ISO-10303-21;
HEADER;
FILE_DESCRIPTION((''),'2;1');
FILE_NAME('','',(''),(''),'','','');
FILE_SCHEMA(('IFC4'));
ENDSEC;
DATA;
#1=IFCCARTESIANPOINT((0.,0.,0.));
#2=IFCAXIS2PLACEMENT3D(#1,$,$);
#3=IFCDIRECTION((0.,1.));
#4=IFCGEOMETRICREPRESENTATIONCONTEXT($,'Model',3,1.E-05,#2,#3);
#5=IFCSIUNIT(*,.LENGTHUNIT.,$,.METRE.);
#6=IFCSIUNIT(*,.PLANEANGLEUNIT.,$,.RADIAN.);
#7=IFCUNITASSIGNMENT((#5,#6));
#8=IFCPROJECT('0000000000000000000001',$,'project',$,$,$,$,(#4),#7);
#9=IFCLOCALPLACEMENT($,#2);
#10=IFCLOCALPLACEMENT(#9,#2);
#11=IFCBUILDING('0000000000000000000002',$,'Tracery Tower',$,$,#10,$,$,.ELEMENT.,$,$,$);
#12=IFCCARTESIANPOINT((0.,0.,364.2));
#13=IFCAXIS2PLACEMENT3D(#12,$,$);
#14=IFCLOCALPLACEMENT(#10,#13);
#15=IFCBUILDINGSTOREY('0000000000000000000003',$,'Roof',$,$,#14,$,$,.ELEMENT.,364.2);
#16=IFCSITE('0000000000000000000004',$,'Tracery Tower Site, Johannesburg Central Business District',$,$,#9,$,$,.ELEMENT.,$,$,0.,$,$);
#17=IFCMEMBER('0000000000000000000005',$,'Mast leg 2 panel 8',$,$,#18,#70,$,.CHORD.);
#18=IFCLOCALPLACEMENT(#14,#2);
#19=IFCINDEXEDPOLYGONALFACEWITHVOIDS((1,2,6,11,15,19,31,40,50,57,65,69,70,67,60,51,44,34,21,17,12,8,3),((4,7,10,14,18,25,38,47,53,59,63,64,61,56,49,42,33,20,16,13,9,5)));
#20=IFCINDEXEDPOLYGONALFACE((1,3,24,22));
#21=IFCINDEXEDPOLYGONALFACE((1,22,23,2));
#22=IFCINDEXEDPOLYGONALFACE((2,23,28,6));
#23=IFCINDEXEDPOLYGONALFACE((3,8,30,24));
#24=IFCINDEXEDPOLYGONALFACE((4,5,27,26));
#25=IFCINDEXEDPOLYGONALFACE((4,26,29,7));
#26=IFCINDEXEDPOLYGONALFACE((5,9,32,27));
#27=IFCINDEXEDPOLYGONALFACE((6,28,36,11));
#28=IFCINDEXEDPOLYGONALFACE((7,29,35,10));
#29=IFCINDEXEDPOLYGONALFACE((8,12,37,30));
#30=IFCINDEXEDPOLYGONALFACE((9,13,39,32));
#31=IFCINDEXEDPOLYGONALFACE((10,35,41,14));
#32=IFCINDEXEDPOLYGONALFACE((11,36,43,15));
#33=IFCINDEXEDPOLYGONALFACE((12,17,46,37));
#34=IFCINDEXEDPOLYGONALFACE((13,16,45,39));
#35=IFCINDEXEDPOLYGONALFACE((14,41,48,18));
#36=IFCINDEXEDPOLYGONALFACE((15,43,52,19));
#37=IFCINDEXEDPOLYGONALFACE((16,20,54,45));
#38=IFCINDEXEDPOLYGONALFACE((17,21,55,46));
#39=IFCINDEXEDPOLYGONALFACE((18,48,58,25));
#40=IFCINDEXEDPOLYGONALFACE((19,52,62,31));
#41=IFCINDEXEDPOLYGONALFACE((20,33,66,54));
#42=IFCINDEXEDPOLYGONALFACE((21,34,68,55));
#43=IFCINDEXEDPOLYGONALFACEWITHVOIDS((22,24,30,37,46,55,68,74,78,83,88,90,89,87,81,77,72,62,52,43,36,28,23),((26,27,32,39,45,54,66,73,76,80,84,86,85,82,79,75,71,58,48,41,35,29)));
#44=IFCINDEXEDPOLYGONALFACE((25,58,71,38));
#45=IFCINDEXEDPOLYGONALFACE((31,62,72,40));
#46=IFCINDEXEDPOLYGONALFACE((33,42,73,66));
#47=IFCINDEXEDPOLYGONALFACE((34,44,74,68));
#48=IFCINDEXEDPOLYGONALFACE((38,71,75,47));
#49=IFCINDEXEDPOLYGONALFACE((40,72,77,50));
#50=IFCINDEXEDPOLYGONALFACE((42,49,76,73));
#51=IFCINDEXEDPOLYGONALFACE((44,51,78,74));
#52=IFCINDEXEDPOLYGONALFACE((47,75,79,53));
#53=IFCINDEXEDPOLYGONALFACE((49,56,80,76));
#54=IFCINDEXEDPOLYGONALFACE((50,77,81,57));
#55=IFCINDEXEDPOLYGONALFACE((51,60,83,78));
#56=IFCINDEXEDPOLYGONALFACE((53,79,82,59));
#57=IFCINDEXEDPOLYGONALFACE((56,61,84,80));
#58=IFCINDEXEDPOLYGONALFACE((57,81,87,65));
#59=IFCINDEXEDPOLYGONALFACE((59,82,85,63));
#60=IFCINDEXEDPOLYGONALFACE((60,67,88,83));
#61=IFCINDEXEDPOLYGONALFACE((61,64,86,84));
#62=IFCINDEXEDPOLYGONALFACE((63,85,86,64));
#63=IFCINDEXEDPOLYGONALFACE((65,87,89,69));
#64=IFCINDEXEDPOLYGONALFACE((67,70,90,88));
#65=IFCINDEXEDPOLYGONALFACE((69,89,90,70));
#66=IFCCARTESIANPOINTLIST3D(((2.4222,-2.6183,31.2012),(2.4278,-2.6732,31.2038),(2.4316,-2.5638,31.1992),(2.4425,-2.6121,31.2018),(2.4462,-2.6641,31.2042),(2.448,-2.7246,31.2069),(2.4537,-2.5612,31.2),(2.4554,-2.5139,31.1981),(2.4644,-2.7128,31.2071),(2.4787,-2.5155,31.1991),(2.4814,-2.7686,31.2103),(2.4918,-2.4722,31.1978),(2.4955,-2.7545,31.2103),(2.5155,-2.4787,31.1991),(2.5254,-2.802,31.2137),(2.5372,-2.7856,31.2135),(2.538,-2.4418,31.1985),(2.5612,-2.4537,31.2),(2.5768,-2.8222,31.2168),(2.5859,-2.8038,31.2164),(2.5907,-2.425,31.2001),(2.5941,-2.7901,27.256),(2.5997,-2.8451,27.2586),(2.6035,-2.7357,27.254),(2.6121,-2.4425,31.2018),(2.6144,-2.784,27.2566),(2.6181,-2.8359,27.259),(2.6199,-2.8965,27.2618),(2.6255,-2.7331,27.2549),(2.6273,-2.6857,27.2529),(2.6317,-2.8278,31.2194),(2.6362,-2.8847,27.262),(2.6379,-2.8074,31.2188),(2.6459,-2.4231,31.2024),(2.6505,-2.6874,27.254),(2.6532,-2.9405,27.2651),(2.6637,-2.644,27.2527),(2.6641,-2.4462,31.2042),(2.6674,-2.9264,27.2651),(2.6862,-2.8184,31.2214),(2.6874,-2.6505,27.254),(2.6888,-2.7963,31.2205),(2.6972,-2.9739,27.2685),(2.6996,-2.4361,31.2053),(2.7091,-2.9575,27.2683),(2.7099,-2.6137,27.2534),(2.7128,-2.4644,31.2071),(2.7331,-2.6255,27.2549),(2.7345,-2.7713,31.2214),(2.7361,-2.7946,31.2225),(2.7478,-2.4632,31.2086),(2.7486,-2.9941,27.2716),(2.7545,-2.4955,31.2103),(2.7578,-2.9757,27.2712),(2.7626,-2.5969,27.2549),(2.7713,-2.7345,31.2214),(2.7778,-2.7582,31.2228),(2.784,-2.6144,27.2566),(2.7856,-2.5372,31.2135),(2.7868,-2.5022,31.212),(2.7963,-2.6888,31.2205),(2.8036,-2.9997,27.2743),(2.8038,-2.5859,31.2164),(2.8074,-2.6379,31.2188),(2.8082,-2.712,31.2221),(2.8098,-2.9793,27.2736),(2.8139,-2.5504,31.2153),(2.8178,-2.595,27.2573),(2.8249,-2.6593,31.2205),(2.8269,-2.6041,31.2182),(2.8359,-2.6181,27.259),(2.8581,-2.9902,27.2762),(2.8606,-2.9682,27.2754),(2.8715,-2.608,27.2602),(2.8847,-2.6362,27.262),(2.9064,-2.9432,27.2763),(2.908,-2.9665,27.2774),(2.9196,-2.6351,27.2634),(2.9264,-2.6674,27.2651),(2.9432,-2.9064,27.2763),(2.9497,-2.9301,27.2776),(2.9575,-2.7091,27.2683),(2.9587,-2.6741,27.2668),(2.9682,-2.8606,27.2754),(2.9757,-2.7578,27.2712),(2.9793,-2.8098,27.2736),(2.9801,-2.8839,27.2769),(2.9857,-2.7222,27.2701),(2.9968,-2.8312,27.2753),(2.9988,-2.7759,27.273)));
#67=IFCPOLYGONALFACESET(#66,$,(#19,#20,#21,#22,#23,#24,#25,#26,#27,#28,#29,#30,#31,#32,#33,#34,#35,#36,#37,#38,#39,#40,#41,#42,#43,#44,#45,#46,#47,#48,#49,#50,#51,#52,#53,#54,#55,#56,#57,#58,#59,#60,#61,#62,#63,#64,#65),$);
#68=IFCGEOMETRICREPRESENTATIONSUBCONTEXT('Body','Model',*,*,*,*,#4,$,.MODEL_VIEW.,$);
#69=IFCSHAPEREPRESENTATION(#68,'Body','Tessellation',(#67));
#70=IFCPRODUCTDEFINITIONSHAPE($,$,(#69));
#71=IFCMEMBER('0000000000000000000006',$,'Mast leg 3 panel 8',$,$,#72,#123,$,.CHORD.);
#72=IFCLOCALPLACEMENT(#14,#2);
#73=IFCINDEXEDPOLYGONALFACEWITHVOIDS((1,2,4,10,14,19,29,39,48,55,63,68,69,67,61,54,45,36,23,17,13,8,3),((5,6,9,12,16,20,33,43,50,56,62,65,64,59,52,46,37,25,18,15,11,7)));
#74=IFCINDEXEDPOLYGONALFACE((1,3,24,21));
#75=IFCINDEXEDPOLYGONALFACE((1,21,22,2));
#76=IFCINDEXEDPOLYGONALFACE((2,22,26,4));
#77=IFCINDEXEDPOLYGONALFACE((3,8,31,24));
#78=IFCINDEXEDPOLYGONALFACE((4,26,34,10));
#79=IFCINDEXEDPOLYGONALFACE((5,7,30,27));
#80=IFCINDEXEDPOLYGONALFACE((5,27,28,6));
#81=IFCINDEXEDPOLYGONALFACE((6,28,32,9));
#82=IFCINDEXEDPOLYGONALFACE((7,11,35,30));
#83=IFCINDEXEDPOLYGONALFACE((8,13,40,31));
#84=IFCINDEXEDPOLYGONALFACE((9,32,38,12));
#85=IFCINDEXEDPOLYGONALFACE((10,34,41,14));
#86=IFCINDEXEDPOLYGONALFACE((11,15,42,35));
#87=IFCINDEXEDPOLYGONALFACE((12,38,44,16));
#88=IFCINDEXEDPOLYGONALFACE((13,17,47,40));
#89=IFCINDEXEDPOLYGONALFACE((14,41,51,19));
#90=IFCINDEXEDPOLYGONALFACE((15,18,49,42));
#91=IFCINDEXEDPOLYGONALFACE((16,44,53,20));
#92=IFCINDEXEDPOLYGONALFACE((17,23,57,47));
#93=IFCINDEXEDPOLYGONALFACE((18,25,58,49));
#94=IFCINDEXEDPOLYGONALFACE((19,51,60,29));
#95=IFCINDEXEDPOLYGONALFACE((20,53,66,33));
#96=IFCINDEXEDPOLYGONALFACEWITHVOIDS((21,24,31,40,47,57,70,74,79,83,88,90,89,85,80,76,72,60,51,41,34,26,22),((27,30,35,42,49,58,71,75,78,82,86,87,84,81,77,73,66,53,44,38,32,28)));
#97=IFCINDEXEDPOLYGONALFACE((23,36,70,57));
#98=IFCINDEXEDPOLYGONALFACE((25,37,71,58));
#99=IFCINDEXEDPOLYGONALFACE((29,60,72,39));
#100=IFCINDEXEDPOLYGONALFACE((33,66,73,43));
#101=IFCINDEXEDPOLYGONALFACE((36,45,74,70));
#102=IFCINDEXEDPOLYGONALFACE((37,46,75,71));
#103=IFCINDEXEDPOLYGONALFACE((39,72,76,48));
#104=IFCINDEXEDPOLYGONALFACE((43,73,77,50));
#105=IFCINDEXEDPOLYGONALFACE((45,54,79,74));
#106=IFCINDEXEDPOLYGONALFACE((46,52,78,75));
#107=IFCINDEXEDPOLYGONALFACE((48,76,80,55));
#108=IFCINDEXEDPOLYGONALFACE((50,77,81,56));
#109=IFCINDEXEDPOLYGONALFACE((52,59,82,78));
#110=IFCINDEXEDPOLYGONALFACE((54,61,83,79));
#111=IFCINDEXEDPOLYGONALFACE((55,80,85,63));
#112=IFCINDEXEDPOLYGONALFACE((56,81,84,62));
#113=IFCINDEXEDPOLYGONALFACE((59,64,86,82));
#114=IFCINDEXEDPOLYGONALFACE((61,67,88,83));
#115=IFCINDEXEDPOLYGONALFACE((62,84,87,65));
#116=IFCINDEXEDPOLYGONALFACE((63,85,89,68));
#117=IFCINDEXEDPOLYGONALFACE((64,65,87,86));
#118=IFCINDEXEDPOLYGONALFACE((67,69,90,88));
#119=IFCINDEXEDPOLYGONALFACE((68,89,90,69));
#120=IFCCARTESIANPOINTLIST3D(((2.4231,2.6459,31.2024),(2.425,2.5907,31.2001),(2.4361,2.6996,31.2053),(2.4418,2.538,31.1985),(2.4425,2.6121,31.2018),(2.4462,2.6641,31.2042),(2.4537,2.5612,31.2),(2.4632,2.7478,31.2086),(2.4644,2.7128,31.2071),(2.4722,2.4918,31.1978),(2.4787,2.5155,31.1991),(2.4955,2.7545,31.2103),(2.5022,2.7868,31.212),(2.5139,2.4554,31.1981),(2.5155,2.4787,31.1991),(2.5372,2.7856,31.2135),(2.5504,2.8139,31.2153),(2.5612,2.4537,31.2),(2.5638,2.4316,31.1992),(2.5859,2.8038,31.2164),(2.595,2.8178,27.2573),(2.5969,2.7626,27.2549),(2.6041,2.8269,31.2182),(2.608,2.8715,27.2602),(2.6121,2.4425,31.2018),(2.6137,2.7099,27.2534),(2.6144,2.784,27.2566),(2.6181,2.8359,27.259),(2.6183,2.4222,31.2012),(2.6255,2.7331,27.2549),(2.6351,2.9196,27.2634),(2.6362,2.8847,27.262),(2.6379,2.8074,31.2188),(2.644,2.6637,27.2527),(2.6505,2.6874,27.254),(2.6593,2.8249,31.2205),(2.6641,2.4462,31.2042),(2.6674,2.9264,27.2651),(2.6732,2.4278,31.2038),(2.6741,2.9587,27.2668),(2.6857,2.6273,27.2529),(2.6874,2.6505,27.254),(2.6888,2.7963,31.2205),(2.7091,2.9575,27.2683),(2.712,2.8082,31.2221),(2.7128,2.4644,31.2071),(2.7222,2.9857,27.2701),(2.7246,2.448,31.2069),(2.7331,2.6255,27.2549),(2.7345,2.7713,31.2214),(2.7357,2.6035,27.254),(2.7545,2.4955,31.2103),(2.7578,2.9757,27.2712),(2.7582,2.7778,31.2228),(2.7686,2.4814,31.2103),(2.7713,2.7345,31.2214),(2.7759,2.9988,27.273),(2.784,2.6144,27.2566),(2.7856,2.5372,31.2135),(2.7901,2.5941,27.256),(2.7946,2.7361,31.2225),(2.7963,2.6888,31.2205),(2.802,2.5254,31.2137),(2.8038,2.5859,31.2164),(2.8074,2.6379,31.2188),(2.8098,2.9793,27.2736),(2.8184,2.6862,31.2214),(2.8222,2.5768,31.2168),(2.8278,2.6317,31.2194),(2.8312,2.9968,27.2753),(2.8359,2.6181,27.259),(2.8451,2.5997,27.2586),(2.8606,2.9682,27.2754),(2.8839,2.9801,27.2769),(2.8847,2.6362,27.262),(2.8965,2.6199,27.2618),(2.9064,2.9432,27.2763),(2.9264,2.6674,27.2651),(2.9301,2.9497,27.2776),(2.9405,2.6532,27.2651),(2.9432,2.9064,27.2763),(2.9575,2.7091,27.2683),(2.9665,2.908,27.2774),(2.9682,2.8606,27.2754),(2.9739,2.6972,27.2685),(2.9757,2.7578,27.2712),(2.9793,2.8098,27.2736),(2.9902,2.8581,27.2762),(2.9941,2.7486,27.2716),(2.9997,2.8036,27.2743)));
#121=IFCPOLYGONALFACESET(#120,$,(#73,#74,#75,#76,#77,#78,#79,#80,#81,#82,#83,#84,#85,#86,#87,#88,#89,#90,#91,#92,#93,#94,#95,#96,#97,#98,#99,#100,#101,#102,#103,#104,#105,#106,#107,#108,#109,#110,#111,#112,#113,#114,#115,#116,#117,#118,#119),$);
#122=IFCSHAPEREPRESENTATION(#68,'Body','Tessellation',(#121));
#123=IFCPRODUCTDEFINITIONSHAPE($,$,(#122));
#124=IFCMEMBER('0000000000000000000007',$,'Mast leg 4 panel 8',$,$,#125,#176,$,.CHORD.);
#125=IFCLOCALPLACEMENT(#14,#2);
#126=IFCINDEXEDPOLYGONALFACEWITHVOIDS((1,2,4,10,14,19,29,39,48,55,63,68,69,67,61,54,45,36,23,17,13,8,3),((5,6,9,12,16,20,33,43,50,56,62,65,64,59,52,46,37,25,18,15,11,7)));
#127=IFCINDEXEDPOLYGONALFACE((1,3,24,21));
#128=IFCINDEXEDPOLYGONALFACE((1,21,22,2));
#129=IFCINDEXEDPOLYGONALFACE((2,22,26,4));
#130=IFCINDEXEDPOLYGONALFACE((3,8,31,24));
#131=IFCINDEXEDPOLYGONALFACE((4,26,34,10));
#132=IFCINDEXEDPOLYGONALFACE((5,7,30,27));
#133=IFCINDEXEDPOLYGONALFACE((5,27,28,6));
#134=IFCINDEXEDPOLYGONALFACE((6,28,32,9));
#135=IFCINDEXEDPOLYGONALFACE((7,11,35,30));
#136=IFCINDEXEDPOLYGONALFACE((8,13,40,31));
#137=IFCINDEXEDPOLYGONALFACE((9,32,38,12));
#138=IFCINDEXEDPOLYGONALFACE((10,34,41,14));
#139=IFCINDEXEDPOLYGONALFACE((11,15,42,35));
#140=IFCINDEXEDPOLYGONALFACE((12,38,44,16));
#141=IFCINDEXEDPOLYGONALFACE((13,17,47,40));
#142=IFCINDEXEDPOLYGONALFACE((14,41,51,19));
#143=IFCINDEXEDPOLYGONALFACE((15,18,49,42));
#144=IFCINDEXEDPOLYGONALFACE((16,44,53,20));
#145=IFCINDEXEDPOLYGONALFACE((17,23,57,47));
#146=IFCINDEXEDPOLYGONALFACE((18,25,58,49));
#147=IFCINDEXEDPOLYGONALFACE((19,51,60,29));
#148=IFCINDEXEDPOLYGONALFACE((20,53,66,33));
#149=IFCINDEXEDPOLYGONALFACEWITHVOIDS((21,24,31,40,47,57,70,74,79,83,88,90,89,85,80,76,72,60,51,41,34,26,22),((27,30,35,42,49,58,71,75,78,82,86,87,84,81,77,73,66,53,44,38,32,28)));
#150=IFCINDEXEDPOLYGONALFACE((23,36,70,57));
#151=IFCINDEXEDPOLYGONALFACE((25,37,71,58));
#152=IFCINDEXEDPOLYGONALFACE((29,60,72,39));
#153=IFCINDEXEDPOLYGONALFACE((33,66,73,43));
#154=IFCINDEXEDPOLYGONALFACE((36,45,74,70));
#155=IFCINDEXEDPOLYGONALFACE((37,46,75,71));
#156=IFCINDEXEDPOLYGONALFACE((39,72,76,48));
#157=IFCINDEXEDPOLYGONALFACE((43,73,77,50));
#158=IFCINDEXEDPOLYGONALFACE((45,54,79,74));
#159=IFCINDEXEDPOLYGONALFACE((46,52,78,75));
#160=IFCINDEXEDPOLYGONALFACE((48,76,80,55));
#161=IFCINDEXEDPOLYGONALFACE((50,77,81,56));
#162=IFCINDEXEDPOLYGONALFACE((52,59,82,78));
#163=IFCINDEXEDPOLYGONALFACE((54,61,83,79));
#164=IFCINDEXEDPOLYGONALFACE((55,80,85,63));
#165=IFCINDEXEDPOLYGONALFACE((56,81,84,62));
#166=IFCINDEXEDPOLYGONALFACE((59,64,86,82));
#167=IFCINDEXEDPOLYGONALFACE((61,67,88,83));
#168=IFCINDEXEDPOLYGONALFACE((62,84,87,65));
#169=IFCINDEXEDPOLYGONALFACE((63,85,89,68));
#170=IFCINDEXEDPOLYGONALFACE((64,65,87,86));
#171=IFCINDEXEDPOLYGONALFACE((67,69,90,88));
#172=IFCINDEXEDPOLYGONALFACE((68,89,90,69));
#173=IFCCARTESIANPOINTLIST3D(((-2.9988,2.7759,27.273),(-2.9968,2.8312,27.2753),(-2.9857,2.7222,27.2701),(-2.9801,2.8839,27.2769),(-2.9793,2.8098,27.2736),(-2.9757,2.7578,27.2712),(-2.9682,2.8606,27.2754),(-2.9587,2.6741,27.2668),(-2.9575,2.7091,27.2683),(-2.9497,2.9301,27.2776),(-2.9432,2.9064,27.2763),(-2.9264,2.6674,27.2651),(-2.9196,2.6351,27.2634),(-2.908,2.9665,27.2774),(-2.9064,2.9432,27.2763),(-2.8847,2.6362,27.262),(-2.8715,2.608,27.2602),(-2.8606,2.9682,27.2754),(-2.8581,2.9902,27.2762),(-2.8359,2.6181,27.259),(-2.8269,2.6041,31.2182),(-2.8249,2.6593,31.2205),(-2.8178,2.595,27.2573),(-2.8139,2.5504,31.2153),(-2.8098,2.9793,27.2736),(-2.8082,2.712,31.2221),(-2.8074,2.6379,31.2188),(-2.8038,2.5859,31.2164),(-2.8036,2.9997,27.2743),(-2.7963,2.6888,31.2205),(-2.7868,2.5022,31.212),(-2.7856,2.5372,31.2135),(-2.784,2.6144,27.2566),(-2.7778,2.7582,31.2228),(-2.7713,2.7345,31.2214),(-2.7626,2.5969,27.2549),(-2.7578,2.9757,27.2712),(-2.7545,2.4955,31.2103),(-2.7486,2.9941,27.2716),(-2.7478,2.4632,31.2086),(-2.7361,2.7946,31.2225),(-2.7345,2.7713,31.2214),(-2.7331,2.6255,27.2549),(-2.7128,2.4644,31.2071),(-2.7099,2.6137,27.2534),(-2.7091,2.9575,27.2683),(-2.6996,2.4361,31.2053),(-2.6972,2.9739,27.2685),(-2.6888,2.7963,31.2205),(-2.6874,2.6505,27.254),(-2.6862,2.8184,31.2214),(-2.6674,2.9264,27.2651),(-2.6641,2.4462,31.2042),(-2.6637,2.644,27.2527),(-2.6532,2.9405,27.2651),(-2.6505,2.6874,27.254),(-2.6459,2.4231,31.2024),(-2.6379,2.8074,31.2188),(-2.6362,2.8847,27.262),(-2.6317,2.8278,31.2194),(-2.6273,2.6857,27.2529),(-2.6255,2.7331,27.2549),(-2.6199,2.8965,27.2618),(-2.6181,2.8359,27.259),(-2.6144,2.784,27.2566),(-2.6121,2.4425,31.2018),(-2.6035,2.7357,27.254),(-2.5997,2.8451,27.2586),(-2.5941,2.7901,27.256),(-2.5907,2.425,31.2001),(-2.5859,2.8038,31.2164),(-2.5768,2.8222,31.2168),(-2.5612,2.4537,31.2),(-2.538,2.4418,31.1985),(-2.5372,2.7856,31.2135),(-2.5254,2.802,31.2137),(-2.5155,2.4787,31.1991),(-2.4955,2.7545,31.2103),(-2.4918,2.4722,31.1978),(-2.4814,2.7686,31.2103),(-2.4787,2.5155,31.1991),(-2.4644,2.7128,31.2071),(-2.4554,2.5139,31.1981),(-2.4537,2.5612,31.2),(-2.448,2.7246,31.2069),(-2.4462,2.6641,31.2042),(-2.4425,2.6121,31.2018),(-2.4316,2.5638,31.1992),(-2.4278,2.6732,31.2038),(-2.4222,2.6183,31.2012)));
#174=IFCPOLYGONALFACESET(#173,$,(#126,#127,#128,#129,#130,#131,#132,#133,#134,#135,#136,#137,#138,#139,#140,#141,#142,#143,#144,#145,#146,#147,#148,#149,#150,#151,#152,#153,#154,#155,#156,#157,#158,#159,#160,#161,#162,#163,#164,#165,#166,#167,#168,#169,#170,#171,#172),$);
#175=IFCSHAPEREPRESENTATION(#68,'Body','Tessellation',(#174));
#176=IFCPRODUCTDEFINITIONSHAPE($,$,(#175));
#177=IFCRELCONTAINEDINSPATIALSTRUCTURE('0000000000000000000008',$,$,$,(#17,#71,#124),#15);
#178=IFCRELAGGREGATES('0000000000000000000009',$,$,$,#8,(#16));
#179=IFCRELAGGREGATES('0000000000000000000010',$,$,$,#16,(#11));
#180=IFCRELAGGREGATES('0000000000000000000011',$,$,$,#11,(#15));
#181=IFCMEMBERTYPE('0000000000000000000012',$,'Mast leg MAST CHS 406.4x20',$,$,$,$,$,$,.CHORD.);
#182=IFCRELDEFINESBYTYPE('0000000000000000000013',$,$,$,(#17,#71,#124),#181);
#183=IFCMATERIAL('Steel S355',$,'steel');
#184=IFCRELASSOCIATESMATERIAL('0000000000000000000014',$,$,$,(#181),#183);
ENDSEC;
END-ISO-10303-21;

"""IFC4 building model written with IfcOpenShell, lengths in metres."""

from ifc_helpers import new_model, si_unit, direction, frame, origin, origin_2d, place, context, subcontext, project, spatial, hollow_circle, extrude, material, material_profile, profile_set, type_object, element, save


model = new_model("IFC4")

# Units and contexts
model_context = context("Model", 3, precision=1e-05, world=origin(), true_north=direction((0.0, 1.0)))
body_context = subcontext(model_context, "Body", "Model", "MODEL_VIEW")
ifc_project = project(units=[si_unit("LENGTHUNIT", "METRE"), si_unit("PLANEANGLEUNIT", "RADIAN")], contexts=[model_context])

# Site, building, storey
site_placement = place(None, origin())
site = spatial("IfcSite", under=ifc_project, at=site_placement, Name="Tracery Tower Site, Johannesburg Central Business District", CompositionType="ELEMENT", RefElevation=0.0)
building_placement = place(site_placement, origin())
building = spatial("IfcBuilding", under=site, at=building_placement, Name="Tracery Tower", CompositionType="ELEMENT")
storey_placement = place(building_placement, frame((0.0, 0.0, 364.2)))
storey = spatial("IfcBuildingStorey", under=building, at=storey_placement, Name="Roof", CompositionType="ELEMENT", Elevation=364.2)

# Members
ifc_material_1 = material(Name="Steel S355", Category="steel")
ifc_material_profile_1 = material_profile(ifc_material_1, hollow_circle(Radius=0.2031, WallThickness=0.02, at=origin_2d()), Name="CHS 406.4x20")
ifc_profile_set_1 = profile_set([ifc_material_profile_1], Name="Steel S355")
member_type_1 = type_object("IfcMemberType", Name="Mast leg MAST CHS 406.4x20", PredefinedType="CHORD", material=ifc_profile_set_1)
for number, where, z_axis, x_axis, name in (
    (1, (2.7969, -2.7969, 27.2651), (-0.043485, 0.043485, 0.998107), (-0.707107, -0.707107, 0.0), "Mast leg 2 panel 8"),
    (2, (2.7969, 2.7969, 27.2651), (-0.043485, -0.043485, 0.998107), (0.707107, -0.707107, 0.0), "Mast leg 3 panel 8"),
    (3, (-2.7969, 2.7969, 27.2651), (0.043485, -0.043485, 0.998107), (0.707107, 0.707107, 0.0), "Mast leg 4 panel 8"),
):
    element("IfcMember", number, at=place(storey_placement, frame(where, z_axis=z_axis, x_axis=x_axis)), inside=storey, type_object=member_type_1, Name=name, PredefinedType="CHORD", context=body_context, shape_type="SweptSolid", body=[
        extrude(hollow_circle(Radius=0.2031, WallThickness=0.02, at=origin_2d()), origin(), (0.0, 0.0, 1.0), 3.9526),
    ])

save(model, "model.ifc")
